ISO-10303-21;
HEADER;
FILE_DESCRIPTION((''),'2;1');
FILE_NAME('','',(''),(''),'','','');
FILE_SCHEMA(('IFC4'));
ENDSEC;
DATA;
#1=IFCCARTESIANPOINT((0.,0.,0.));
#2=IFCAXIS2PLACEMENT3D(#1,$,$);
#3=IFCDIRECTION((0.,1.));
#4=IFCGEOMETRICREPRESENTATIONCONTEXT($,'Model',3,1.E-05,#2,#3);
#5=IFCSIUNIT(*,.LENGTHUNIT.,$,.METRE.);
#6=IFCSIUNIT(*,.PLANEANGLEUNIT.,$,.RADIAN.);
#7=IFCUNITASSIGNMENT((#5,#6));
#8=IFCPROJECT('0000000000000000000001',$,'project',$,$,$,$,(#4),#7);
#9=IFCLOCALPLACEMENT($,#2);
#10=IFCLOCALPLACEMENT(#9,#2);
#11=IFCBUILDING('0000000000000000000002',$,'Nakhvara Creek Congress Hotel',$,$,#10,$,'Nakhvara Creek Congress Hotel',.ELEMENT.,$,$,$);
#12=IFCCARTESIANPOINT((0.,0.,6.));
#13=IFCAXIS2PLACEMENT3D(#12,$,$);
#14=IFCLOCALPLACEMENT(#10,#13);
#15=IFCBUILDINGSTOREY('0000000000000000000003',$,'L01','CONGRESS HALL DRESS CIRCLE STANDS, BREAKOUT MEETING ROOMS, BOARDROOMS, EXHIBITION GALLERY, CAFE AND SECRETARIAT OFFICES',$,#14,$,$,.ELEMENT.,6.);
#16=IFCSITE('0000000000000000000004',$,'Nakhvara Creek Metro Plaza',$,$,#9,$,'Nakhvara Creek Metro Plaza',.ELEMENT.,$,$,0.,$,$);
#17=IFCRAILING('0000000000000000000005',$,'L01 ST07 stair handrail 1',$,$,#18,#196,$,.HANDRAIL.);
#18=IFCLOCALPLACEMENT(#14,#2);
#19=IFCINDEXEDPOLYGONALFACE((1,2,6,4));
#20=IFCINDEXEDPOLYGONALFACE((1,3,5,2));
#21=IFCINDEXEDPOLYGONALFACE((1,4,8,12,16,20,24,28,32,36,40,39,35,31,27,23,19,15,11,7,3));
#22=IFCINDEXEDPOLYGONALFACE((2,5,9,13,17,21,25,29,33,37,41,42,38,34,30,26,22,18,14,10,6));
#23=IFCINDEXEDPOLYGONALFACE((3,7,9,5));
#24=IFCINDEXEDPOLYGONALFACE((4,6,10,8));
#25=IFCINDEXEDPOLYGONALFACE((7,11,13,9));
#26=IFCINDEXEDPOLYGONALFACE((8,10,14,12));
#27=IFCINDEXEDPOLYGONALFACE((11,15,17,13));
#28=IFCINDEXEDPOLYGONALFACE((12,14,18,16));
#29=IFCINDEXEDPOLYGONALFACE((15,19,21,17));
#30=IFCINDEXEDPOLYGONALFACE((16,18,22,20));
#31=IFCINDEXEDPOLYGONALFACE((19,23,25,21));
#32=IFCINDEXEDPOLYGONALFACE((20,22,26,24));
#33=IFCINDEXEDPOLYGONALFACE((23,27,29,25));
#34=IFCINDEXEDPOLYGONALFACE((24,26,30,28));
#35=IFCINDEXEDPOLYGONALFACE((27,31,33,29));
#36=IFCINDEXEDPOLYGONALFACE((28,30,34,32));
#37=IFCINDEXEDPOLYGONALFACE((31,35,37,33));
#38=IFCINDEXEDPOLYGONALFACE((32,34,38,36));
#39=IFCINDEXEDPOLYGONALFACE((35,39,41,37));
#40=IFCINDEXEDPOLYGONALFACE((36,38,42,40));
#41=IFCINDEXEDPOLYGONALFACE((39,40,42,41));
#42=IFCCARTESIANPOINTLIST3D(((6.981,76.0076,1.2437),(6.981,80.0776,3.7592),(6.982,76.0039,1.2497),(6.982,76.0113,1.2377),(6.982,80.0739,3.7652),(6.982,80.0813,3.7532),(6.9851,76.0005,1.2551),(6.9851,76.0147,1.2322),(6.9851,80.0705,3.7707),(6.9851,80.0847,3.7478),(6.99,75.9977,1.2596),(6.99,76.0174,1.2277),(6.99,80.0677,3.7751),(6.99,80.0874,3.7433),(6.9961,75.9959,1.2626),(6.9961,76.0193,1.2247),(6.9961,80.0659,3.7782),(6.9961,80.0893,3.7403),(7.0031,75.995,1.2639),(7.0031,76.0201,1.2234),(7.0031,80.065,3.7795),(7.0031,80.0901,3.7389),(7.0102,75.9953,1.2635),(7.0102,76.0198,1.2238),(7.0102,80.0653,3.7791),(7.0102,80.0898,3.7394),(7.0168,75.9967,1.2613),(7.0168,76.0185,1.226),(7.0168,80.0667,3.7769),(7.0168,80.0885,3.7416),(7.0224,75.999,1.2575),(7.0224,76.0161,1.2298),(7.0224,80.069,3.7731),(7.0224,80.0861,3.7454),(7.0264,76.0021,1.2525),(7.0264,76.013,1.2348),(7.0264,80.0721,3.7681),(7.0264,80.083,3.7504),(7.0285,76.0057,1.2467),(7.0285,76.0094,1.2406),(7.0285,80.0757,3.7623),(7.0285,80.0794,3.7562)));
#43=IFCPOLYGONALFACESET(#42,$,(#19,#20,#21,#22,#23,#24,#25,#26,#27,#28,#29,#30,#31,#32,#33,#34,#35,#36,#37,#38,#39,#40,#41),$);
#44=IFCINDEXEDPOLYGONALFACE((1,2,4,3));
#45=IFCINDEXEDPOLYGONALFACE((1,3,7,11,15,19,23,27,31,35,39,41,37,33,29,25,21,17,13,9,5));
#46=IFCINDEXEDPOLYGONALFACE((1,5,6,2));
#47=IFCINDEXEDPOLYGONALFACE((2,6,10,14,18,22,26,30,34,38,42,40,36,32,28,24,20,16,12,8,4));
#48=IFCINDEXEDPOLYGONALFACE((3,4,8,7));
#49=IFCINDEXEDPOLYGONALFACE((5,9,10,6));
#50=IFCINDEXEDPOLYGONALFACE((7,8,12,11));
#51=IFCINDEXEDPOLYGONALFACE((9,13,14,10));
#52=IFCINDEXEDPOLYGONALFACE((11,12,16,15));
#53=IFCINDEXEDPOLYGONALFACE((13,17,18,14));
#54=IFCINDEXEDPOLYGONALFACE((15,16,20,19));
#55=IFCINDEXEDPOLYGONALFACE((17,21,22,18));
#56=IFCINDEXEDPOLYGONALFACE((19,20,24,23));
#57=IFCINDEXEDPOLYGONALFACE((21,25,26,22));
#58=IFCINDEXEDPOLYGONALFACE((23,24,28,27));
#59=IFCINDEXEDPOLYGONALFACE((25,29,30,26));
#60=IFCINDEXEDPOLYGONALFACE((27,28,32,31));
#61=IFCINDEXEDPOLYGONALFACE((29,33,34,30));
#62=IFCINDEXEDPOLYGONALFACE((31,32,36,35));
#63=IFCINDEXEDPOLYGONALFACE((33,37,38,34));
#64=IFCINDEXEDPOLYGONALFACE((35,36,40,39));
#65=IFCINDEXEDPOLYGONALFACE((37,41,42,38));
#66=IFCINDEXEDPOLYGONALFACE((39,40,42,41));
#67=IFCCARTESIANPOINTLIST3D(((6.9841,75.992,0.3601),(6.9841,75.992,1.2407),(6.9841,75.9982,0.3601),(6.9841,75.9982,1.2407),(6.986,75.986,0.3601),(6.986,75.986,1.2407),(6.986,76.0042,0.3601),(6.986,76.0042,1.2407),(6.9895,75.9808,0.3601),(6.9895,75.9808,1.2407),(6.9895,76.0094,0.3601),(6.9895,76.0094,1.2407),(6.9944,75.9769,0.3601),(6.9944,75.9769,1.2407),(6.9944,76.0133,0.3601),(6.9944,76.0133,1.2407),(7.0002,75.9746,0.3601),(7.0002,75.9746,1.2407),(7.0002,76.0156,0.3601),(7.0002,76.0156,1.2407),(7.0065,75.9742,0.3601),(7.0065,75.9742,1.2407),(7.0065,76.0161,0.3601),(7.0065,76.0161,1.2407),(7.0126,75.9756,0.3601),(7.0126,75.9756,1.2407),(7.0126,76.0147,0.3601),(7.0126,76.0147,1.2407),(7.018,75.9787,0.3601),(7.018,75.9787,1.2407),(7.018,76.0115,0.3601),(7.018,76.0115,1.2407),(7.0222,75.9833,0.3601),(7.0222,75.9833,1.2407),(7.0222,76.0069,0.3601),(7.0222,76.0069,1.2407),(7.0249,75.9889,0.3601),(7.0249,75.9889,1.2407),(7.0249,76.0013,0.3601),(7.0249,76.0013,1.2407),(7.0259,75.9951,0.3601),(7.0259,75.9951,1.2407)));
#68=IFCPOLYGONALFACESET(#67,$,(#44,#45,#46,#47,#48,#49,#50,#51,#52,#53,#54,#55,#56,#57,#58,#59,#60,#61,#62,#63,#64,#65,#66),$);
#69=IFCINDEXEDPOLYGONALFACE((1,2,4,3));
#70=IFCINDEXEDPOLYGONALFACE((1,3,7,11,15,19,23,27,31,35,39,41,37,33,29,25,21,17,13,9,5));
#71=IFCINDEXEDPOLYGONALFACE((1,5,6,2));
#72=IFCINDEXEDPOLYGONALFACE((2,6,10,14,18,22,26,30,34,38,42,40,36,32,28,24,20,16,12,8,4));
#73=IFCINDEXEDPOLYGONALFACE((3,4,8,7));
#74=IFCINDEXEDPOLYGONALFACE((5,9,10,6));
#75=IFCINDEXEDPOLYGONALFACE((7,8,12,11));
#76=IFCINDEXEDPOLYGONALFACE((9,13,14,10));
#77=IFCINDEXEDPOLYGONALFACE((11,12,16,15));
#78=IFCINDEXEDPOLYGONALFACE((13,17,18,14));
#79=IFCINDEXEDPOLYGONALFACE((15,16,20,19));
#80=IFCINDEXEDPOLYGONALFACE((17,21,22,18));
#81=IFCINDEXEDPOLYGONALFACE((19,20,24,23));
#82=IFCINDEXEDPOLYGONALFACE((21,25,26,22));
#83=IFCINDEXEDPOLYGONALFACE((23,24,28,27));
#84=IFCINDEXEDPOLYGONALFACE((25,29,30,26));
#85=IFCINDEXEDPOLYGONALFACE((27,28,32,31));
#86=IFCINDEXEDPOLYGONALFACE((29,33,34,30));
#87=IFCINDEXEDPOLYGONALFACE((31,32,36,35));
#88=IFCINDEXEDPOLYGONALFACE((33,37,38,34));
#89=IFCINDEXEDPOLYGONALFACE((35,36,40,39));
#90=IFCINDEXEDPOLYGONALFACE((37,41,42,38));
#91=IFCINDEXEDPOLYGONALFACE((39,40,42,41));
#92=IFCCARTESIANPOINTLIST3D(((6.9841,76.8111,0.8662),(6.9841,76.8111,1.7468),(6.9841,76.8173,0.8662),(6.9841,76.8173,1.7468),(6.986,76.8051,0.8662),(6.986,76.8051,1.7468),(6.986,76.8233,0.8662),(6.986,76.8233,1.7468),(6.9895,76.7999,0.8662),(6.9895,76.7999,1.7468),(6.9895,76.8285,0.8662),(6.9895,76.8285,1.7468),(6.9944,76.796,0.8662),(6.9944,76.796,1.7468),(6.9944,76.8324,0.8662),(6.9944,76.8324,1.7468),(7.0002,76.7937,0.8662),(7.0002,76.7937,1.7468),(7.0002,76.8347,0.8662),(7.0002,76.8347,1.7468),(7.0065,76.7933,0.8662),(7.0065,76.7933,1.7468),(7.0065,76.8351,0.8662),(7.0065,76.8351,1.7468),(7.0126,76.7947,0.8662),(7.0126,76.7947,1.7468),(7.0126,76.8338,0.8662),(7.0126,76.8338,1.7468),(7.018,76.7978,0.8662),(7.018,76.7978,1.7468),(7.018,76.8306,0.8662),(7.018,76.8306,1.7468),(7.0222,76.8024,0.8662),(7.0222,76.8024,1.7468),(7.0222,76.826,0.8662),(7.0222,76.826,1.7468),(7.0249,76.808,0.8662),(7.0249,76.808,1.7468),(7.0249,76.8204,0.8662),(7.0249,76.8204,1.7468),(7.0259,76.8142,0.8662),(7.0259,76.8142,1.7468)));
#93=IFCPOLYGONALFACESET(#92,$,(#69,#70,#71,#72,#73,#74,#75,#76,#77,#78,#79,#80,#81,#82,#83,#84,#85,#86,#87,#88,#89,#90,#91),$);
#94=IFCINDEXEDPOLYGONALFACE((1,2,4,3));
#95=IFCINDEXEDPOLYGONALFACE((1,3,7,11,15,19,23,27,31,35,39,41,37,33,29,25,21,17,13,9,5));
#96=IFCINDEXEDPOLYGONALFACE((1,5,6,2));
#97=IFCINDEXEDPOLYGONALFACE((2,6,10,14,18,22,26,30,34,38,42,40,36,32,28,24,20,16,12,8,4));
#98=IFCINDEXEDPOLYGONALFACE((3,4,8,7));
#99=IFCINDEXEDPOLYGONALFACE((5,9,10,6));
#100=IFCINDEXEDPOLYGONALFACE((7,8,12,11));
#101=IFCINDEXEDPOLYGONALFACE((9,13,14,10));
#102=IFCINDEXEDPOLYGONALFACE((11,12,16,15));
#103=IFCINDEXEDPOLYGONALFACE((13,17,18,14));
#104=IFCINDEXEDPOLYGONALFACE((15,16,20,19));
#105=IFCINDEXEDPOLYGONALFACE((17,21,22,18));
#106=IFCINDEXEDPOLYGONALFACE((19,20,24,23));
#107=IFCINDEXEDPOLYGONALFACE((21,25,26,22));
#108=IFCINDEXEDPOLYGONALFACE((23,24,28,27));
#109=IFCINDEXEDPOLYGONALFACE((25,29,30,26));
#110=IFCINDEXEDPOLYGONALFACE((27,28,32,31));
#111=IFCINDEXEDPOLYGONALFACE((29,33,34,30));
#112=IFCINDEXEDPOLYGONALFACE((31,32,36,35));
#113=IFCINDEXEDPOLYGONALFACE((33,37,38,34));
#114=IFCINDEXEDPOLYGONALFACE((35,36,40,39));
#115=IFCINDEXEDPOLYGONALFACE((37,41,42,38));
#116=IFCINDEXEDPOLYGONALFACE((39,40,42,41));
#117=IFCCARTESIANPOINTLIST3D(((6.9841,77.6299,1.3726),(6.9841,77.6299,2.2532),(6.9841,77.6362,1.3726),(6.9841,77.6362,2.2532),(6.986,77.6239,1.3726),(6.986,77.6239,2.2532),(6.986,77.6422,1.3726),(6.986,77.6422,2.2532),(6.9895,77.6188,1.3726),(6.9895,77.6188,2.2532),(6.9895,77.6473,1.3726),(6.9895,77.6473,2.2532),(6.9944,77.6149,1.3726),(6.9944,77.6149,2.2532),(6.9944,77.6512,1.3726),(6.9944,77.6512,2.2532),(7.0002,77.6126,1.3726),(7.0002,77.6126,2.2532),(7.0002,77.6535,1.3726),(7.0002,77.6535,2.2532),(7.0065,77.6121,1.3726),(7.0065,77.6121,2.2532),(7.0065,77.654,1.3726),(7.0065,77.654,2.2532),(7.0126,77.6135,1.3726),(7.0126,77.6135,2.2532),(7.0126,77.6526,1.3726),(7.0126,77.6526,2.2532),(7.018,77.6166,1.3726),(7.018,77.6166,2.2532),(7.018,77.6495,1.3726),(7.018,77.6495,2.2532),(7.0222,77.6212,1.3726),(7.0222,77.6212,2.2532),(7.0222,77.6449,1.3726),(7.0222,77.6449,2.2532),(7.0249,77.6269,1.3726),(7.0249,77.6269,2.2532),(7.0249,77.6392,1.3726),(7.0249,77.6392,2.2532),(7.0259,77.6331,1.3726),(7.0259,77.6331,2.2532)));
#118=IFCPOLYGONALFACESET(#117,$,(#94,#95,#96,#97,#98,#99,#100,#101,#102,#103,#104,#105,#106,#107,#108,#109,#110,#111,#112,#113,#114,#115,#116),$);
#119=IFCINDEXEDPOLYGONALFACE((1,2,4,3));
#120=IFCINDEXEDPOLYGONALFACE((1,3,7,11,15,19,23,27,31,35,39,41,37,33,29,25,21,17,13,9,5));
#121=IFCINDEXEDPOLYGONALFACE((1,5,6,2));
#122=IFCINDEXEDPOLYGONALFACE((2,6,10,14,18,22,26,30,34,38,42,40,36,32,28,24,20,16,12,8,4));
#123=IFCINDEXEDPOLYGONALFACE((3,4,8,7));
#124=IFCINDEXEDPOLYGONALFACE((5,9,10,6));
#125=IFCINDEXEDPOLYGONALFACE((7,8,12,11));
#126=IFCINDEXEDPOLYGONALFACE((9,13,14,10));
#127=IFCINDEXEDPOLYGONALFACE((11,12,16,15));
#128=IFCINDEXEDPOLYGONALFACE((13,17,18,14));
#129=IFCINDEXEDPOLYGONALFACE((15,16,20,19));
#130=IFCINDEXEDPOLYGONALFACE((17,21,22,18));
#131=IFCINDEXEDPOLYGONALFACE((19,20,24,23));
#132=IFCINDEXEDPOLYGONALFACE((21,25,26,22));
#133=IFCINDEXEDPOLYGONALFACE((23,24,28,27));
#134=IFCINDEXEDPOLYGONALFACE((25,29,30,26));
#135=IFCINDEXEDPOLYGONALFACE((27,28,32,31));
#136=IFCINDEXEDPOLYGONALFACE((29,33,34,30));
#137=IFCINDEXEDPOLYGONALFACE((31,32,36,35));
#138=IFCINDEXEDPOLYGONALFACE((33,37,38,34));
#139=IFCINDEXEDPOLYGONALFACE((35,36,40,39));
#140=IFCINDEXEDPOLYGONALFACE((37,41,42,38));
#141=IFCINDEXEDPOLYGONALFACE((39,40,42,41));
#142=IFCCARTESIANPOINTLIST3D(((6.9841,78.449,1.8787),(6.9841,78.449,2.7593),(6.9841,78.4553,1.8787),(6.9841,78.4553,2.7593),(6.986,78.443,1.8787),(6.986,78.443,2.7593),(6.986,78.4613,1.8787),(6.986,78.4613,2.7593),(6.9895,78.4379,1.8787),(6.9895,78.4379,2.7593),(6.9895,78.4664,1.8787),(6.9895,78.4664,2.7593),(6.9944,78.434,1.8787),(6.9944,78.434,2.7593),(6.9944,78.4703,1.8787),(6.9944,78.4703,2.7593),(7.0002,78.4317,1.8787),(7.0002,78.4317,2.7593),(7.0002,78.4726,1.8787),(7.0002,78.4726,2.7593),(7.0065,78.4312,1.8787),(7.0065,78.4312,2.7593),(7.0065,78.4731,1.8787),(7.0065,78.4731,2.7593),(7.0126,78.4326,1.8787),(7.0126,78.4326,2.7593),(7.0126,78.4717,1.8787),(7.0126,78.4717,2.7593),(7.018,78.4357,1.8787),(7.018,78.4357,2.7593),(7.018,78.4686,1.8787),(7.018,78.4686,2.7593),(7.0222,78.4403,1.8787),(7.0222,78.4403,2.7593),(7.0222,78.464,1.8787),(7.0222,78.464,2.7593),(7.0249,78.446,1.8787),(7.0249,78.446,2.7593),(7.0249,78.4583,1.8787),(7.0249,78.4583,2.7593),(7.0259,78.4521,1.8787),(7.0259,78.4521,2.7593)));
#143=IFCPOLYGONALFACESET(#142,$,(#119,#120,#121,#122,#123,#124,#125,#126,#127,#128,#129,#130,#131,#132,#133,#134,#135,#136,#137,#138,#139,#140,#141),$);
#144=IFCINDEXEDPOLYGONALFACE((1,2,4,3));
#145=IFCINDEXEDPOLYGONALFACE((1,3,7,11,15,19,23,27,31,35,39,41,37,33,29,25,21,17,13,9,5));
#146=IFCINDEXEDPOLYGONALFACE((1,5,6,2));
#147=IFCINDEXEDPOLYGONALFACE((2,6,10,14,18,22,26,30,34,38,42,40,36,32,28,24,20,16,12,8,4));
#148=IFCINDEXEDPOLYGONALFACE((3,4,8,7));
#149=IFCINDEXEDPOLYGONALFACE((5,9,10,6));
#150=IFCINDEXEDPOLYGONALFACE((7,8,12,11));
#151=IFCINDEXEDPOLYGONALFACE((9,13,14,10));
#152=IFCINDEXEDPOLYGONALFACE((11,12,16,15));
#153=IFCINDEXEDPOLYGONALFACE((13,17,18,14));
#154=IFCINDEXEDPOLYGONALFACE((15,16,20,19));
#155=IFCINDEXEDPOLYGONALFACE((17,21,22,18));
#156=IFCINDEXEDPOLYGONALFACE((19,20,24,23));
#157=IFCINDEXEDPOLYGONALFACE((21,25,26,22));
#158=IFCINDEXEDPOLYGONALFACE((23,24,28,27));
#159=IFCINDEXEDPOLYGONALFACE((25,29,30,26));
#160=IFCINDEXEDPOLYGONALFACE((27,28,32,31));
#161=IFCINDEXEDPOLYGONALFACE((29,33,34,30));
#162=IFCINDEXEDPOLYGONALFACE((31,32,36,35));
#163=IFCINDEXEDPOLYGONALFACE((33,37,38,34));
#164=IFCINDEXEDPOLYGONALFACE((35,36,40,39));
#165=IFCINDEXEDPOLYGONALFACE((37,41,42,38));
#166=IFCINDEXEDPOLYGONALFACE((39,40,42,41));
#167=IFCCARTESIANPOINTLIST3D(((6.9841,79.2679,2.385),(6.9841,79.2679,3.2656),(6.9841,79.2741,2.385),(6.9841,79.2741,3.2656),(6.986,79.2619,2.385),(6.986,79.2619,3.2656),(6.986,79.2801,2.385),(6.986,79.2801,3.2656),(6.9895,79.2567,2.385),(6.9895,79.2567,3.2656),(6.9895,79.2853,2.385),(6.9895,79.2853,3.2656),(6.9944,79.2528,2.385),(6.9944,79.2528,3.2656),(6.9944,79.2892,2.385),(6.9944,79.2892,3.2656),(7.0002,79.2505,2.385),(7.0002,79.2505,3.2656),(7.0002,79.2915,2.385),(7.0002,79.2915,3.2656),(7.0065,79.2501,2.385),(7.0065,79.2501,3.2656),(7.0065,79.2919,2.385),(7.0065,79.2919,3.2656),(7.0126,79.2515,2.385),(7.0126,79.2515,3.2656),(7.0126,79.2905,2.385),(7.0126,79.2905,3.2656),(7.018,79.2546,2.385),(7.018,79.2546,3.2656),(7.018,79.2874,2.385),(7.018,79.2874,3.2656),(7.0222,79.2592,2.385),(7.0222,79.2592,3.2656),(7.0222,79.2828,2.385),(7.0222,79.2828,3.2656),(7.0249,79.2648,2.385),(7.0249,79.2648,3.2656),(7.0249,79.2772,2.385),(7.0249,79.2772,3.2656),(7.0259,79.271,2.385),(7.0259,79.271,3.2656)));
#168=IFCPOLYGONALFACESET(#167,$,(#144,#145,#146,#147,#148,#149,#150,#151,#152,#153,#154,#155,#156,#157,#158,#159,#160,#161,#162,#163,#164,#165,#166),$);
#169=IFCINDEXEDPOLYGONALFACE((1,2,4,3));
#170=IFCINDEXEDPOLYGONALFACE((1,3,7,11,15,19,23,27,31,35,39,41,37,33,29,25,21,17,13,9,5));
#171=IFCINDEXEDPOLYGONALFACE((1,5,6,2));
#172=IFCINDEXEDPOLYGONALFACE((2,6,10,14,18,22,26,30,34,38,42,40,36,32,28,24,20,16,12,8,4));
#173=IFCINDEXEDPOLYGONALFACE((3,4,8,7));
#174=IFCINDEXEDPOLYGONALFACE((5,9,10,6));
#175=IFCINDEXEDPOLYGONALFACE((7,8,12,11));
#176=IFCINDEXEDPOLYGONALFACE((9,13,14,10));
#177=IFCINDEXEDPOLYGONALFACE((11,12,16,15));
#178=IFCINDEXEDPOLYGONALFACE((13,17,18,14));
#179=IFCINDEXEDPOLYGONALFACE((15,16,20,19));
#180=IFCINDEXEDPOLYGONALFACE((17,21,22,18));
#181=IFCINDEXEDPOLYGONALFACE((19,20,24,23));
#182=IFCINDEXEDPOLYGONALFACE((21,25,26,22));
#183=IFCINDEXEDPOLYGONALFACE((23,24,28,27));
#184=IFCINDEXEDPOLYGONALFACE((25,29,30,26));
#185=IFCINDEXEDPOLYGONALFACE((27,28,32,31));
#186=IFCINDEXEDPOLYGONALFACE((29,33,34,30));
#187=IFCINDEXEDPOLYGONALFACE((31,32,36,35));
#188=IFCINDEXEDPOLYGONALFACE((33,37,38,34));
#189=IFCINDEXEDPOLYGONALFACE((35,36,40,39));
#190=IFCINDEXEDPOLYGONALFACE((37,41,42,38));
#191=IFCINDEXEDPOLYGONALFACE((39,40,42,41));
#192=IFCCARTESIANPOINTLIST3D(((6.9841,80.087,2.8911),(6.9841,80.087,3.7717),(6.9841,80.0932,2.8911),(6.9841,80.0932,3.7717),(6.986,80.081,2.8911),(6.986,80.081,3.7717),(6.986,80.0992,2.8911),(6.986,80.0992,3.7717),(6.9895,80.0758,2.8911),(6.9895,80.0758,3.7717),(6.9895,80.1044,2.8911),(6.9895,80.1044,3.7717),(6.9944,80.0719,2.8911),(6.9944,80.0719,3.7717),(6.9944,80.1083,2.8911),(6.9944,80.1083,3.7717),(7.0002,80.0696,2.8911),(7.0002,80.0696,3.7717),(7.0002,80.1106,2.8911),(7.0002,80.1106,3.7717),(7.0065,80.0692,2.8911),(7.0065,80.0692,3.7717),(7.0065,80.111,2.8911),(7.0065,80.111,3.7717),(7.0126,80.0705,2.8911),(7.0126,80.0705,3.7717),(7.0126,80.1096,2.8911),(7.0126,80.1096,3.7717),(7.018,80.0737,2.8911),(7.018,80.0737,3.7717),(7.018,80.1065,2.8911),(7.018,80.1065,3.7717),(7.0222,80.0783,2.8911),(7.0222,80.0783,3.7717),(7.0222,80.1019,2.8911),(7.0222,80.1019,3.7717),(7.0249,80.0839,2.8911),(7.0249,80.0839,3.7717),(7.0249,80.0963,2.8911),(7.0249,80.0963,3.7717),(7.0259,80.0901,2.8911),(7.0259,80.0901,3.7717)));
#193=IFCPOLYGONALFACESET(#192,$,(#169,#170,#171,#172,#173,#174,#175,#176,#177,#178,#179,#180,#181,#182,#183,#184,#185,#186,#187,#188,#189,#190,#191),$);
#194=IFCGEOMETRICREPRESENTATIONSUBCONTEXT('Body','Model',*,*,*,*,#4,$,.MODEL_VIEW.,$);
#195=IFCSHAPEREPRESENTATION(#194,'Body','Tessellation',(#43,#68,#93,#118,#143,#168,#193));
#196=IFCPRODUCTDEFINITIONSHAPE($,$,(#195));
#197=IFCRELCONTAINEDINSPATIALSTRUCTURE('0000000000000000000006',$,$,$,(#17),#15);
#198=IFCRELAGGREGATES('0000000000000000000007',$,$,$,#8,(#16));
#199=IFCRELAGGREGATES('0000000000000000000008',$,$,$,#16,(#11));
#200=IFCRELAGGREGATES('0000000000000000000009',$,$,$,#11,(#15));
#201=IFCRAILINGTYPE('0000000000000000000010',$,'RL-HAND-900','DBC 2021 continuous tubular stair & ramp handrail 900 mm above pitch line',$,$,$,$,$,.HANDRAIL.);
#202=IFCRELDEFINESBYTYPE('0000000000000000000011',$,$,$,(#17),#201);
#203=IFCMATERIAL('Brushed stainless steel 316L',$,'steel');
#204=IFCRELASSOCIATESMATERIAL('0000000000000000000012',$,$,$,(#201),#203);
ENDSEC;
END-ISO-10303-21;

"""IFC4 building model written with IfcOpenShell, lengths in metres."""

from ifc_helpers import new_model, si_unit, direction, frame, origin, origin_2d, place, context, subcontext, project, spatial, circle, extrude, material, type_object, element, save


model = new_model("IFC4")

# Units and contexts
model_context = context("Model", 3, precision=1e-05, world=origin(), true_north=direction((0.0, 1.0)))
body_context = subcontext(model_context, "Body", "Model", "MODEL_VIEW")
ifc_project = project(units=[si_unit("LENGTHUNIT", "METRE"), si_unit("PLANEANGLEUNIT", "RADIAN")], contexts=[model_context])

# Site, building, storey
site_placement = place(None, origin())
site = spatial("IfcSite", under=ifc_project, at=site_placement, Name="Nakhvara Creek Metro Plaza", LongName="Nakhvara Creek Metro Plaza", CompositionType="ELEMENT", RefElevation=0.0)
building_placement = place(site_placement, origin())
building = spatial("IfcBuilding", under=site, at=building_placement, Name="Nakhvara Creek Congress Hotel", LongName="Nakhvara Creek Congress Hotel", CompositionType="ELEMENT")
storey_placement = place(building_placement, frame((0.0, 0.0, 6.0)))
storey = spatial("IfcBuildingStorey", under=building, at=storey_placement, Name="L01", Description="CONGRESS HALL DRESS CIRCLE STANDS, BREAKOUT MEETING ROOMS, BOARDROOMS, EXHIBITION GALLERY, CAFE AND SECRETARIAT OFFICES", CompositionType="ELEMENT", Elevation=6.0)

# Railing
ifc_material_1 = material(Name="Brushed stainless steel 316L", Category="steel")
railing_type_1 = type_object("IfcRailingType", Name="RL-HAND-900", Description="DBC 2021 continuous tubular stair & ramp handrail 900 mm above pitch line", PredefinedType="HANDRAIL", material=ifc_material_1)
railing_1_placement = place(storey_placement, frame((7.0049, 75.9951, 0.3601)))
element("IfcRailing", 1, at=railing_1_placement, inside=storey, type_object=railing_type_1, Name="L01 ST07 stair handrail 1", PredefinedType="HANDRAIL", context=body_context, shape_type="SweptSolid", body=[
    extrude(circle(Radius=0.0239, at=origin_2d()), frame((0.0, 0.0125, 0.8835), z_axis=(0.0, 0.850635, 0.525757), x_axis=(-1.0, 0.0, 0.0)), (0.0, 0.0, 1.0), 4.7847),
    extrude(circle(Radius=0.021, at=origin_2d()), origin(), (0.0, 0.0, 1.0), 0.8806),
    extrude(circle(Radius=0.021, at=origin_2d()), frame((0.0, 0.8191, 0.5061)), (0.0, 0.0, 1.0), 0.8806),
    extrude(circle(Radius=0.021, at=origin_2d()), frame((0.0, 1.6379, 1.0125)), (0.0, 0.0, 1.0), 0.8806),
    extrude(circle(Radius=0.021, at=origin_2d()), frame((0.0, 2.457, 1.5186)), (0.0, 0.0, 1.0), 0.8806),
    extrude(circle(Radius=0.021, at=origin_2d()), frame((0.0, 3.2759, 2.0249)), (0.0, 0.0, 1.0), 0.8806),
    extrude(circle(Radius=0.021, at=origin_2d()), frame((0.0, 4.095, 2.531)), (0.0, 0.0, 1.0), 0.8806),
])

save(model, "model.ifc")
